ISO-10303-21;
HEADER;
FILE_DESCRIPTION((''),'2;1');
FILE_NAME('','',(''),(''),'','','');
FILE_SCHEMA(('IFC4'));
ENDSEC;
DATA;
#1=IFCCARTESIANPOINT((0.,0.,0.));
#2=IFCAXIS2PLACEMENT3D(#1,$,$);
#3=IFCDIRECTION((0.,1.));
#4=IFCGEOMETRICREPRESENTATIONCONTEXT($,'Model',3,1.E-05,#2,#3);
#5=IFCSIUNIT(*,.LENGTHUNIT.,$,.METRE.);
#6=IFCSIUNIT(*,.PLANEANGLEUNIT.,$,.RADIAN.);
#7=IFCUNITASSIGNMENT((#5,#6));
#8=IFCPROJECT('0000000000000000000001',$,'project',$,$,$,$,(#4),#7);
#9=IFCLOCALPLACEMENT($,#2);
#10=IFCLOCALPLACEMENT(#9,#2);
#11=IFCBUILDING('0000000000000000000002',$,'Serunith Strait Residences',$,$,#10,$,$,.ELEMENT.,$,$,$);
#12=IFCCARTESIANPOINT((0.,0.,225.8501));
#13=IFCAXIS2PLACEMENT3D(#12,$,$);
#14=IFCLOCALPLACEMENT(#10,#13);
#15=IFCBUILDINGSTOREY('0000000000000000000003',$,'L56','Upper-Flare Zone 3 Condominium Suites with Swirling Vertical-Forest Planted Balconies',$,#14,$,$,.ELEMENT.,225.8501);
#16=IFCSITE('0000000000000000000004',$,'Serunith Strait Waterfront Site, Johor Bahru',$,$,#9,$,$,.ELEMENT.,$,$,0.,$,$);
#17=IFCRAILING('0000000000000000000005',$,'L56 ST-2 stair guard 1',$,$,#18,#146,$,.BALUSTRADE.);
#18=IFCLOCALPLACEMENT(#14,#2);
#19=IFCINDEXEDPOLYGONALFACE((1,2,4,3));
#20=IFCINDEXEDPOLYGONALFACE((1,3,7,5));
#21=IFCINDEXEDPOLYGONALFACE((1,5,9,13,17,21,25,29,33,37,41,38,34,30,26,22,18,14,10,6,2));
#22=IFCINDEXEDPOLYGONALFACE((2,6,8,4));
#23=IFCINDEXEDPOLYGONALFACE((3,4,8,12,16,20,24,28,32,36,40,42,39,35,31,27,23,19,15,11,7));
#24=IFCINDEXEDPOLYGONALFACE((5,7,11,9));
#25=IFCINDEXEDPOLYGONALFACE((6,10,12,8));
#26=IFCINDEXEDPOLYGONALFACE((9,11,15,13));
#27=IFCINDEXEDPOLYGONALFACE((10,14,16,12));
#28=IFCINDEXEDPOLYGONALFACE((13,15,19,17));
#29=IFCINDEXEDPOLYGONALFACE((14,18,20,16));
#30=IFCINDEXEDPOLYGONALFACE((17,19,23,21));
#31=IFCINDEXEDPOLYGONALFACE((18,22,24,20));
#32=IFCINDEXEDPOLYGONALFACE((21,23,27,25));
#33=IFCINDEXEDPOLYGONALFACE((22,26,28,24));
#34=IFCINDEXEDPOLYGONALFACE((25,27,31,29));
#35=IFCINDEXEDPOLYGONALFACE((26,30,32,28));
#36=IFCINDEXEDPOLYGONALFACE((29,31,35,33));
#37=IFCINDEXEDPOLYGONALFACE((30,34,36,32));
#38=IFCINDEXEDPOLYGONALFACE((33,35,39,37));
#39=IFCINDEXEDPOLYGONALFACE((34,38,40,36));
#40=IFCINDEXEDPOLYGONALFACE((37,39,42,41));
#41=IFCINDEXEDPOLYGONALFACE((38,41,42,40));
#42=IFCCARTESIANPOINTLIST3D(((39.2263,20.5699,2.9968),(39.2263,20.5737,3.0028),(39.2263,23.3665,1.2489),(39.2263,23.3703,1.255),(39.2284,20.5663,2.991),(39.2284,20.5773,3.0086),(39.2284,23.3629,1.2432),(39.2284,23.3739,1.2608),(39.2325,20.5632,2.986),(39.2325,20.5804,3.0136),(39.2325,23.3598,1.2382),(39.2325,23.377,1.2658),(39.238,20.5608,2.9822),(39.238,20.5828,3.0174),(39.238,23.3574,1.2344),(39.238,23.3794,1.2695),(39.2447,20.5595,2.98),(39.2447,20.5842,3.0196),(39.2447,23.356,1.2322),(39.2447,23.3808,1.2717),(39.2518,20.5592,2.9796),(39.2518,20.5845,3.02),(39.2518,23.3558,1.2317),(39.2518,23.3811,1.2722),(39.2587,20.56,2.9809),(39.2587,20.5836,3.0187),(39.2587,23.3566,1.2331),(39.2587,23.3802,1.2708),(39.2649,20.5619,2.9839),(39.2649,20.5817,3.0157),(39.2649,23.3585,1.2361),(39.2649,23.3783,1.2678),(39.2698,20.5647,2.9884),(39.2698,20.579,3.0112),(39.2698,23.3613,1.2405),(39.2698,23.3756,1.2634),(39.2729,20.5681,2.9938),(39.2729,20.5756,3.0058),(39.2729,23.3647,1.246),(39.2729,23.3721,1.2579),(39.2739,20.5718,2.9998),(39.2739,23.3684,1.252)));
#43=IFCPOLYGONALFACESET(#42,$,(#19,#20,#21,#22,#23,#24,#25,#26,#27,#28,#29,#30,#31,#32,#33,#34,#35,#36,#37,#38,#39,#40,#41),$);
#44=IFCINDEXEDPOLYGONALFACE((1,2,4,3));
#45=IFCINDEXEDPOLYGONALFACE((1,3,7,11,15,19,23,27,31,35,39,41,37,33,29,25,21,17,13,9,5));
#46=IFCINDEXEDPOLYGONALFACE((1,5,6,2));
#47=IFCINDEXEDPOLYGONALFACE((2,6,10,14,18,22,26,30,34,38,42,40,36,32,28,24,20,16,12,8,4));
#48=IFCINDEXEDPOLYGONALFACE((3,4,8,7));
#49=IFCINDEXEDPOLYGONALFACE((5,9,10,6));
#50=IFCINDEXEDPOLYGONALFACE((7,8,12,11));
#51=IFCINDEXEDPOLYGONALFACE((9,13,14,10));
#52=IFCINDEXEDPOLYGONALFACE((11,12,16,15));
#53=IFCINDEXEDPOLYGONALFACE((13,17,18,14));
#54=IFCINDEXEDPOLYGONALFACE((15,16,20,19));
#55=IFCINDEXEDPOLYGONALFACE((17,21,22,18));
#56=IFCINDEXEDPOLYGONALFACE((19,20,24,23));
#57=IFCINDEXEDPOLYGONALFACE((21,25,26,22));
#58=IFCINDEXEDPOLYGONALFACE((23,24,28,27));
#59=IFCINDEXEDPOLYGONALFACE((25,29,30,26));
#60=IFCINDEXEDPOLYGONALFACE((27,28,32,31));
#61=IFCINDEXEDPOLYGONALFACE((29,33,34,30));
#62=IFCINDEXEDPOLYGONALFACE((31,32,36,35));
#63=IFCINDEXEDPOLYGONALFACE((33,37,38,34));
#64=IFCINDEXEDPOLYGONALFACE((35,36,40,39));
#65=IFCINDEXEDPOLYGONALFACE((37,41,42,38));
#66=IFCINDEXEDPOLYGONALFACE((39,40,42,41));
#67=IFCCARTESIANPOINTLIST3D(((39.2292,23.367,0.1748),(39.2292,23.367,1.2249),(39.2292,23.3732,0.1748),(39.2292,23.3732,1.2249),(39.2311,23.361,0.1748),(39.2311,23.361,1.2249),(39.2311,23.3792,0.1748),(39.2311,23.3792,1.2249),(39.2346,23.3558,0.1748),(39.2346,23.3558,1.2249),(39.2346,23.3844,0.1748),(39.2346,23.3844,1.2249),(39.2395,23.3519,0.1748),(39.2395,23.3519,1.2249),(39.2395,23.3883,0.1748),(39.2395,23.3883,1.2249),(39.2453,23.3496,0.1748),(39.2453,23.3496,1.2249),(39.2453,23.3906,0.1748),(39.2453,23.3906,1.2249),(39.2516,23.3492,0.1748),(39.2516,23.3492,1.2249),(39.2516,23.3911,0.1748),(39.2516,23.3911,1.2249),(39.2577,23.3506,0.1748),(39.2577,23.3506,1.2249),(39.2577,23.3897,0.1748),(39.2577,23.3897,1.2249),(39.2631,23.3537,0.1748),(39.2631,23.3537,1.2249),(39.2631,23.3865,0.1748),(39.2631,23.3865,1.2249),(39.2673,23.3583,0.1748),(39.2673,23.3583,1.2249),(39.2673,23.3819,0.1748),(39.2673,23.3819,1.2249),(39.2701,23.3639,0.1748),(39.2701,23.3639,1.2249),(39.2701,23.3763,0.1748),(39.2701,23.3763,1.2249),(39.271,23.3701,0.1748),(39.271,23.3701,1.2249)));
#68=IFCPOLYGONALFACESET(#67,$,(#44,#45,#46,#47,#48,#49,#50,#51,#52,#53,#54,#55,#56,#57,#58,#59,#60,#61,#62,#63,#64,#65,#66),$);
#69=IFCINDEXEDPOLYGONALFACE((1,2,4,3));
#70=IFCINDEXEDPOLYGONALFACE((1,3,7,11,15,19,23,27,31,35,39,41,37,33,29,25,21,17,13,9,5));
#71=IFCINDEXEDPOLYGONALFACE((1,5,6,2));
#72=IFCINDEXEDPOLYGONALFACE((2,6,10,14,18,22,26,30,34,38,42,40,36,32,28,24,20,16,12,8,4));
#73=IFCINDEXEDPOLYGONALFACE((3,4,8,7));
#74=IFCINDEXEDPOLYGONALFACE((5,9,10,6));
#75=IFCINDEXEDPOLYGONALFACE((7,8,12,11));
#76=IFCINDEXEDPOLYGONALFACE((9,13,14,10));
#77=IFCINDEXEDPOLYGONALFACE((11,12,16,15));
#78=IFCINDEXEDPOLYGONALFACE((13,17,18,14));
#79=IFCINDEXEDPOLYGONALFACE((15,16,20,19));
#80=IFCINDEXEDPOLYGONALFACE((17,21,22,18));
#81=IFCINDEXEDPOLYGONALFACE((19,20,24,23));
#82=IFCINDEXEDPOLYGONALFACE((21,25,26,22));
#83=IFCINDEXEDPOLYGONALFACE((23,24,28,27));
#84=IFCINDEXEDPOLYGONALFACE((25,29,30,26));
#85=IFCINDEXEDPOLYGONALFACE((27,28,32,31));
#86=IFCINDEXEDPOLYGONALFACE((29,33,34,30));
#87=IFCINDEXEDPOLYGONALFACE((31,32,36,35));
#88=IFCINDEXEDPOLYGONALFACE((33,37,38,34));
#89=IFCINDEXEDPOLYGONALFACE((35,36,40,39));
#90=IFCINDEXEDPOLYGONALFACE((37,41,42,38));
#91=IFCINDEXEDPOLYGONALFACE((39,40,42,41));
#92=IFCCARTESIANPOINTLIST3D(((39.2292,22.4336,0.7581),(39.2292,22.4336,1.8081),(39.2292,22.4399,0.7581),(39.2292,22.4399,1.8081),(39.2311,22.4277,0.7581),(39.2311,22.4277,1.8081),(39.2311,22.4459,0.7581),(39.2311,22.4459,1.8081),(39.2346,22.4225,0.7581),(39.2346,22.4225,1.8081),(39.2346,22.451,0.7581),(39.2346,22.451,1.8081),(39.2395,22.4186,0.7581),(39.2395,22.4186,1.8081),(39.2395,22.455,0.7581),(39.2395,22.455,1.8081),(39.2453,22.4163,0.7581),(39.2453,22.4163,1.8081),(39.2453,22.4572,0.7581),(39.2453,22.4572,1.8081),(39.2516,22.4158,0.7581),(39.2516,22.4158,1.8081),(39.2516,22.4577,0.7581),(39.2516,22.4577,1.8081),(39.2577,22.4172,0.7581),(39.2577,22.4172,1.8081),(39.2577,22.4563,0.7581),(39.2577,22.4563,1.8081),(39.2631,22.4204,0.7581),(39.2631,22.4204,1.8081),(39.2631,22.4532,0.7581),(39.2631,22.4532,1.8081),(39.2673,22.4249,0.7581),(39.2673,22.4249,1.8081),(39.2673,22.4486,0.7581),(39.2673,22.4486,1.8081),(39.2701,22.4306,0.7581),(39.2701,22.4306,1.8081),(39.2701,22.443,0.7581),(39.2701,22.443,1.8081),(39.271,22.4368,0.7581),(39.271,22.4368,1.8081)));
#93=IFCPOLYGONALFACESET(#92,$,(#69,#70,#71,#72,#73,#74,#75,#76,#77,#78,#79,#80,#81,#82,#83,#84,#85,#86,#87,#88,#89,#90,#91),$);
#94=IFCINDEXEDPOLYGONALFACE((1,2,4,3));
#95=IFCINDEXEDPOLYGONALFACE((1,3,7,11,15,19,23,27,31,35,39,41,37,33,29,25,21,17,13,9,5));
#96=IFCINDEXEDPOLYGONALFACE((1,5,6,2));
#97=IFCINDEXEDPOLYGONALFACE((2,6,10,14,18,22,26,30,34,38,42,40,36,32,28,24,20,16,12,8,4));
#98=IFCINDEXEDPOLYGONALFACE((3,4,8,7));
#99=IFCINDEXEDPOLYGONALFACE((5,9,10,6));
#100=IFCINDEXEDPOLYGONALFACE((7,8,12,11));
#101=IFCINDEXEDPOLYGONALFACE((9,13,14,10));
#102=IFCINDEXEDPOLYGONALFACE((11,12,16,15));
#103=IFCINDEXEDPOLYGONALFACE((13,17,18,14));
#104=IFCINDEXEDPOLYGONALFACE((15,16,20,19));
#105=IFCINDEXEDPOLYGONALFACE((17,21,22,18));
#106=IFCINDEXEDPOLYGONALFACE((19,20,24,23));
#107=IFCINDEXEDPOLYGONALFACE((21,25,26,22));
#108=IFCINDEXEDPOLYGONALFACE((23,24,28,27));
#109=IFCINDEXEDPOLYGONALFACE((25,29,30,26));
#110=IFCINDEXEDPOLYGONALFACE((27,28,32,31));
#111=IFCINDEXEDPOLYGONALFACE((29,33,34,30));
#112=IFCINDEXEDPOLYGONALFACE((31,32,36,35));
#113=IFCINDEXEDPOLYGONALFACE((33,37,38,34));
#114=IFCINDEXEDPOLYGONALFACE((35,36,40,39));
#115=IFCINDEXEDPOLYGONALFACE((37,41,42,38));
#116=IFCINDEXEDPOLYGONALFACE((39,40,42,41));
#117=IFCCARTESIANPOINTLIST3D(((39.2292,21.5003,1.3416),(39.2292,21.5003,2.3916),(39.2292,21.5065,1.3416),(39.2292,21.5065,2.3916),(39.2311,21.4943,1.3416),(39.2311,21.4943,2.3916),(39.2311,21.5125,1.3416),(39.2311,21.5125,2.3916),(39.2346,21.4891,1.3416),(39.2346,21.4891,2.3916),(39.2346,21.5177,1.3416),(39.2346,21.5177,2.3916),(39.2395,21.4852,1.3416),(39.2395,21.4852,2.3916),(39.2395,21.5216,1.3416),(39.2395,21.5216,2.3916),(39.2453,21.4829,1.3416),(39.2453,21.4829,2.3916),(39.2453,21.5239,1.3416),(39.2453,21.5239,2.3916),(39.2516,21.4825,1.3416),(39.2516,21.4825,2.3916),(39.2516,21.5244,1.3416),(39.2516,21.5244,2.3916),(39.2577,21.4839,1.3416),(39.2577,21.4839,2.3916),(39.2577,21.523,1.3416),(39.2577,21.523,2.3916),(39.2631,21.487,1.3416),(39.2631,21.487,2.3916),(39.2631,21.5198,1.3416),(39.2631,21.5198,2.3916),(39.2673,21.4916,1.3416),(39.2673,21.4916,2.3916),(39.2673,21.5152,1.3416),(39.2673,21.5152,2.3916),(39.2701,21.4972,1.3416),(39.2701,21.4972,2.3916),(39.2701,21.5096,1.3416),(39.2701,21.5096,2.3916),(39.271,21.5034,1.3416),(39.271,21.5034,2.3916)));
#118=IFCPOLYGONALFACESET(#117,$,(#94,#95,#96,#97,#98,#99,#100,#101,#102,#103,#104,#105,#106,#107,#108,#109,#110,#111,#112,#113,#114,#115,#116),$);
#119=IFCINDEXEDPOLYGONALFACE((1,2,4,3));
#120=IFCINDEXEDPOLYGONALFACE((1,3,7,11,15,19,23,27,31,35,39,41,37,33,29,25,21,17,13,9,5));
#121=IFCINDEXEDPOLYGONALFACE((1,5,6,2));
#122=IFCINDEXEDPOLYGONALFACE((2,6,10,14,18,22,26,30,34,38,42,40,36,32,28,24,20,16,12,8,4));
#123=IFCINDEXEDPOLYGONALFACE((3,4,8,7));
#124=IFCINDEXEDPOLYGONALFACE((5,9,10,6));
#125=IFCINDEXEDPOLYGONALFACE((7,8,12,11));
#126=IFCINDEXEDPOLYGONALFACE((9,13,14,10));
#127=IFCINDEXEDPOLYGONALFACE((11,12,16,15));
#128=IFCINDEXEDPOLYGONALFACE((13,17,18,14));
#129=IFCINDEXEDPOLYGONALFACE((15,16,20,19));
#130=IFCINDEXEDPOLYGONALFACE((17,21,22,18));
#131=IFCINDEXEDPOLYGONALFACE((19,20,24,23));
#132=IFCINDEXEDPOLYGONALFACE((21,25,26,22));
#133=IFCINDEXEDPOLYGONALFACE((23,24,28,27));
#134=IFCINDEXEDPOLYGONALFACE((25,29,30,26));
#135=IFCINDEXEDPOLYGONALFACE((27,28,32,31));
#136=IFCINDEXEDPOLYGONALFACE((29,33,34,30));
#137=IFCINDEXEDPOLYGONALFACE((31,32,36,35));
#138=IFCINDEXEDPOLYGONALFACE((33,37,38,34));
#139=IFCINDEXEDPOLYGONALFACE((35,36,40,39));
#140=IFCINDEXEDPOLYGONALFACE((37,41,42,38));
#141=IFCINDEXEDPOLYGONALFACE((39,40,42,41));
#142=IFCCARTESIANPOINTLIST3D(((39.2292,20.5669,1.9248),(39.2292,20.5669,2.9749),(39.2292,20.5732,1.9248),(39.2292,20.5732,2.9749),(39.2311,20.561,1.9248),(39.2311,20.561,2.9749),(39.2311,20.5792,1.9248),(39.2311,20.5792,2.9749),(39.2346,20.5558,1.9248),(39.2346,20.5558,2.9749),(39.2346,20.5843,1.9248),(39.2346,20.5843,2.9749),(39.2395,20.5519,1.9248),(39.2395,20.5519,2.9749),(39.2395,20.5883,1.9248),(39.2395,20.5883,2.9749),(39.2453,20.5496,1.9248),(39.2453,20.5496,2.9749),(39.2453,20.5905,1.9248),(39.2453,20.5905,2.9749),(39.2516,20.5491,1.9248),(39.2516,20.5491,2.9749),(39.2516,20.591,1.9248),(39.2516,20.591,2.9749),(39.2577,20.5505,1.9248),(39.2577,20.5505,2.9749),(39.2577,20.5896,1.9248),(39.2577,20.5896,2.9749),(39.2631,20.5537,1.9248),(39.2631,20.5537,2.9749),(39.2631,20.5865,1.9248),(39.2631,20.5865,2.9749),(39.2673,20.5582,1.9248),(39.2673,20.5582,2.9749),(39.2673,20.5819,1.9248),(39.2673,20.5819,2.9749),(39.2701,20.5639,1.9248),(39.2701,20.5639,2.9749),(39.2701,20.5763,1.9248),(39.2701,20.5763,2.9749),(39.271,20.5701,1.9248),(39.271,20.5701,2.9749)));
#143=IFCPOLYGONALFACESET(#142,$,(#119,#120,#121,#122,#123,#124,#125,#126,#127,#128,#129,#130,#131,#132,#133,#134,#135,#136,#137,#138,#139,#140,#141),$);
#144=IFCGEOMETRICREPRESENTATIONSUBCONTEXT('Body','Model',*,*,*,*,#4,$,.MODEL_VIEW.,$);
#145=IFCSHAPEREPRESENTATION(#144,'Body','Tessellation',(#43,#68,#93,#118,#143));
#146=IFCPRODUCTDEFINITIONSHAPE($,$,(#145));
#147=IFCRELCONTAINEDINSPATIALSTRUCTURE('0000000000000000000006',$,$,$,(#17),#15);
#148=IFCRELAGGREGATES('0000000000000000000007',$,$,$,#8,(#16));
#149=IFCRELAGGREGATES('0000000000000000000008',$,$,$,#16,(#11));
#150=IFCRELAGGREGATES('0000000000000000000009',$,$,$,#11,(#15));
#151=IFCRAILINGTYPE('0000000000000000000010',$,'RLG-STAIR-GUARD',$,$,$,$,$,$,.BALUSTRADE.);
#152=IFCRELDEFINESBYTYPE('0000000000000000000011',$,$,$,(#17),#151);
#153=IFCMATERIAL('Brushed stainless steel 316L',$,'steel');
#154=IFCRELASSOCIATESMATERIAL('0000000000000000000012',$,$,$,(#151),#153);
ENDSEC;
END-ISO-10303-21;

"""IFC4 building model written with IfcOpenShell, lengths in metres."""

from ifc_helpers import new_model, si_unit, direction, frame, origin, origin_2d, place, context, subcontext, project, spatial, circle, extrude, material, type_object, element, save


model = new_model("IFC4")

# Units and contexts
model_context = context("Model", 3, precision=1e-05, world=origin(), true_north=direction((0.0, 1.0)))
body_context = subcontext(model_context, "Body", "Model", "MODEL_VIEW")
ifc_project = project(units=[si_unit("LENGTHUNIT", "METRE"), si_unit("PLANEANGLEUNIT", "RADIAN")], contexts=[model_context])

# Site, building, storey
site_placement = place(None, origin())
site = spatial("IfcSite", under=ifc_project, at=site_placement, Name="Serunith Strait Waterfront Site, Johor Bahru", CompositionType="ELEMENT", RefElevation=0.0)
building_placement = place(site_placement, origin())
building = spatial("IfcBuilding", under=site, at=building_placement, Name="Serunith Strait Residences", CompositionType="ELEMENT")
storey_placement = place(building_placement, frame((0.0, 0.0, 225.8501)))
storey = spatial("IfcBuildingStorey", under=building, at=storey_placement, Name="L56", Description="Upper-Flare Zone 3 Condominium Suites with Swirling Vertical-Forest Planted Balconies", CompositionType="ELEMENT", Elevation=225.8501)

# Railing
ifc_material_1 = material(Name="Brushed stainless steel 316L", Category="steel")
railing_type_1 = type_object("IfcRailingType", Name="RLG-STAIR-GUARD", PredefinedType="BALUSTRADE", material=ifc_material_1)
railing_1_placement = place(storey_placement, frame((39.25, 23.3701, 0.1748)))
element("IfcRailing", 1, at=railing_1_placement, inside=storey, type_object=railing_type_1, Name="L56 ST-2 stair guard 1", PredefinedType="BALUSTRADE", context=body_context, shape_type="SweptSolid", body=[
    extrude(circle(Radius=0.0239, at=origin_2d()), frame((0.0, -0.0017, 1.0771), z_axis=(0.0, -0.848002, 0.529992), x_axis=(1.0, 0.0, 0.0)), (0.0, 0.0, 1.0), 3.2979),
    extrude(circle(Radius=0.021, at=origin_2d()), origin(), (0.0, 0.0, 1.0), 1.05),
    extrude(circle(Radius=0.021, at=origin_2d()), frame((0.0, -0.9333, 0.5833)), (0.0, 0.0, 1.0), 1.05),
    extrude(circle(Radius=0.021, at=origin_2d()), frame((0.0, -1.8667, 1.1667)), (0.0, 0.0, 1.0), 1.05),
    extrude(circle(Radius=0.021, at=origin_2d()), frame((0.0, -2.8, 1.75)), (0.0, 0.0, 1.0), 1.05),
])

save(model, "model.ifc")
